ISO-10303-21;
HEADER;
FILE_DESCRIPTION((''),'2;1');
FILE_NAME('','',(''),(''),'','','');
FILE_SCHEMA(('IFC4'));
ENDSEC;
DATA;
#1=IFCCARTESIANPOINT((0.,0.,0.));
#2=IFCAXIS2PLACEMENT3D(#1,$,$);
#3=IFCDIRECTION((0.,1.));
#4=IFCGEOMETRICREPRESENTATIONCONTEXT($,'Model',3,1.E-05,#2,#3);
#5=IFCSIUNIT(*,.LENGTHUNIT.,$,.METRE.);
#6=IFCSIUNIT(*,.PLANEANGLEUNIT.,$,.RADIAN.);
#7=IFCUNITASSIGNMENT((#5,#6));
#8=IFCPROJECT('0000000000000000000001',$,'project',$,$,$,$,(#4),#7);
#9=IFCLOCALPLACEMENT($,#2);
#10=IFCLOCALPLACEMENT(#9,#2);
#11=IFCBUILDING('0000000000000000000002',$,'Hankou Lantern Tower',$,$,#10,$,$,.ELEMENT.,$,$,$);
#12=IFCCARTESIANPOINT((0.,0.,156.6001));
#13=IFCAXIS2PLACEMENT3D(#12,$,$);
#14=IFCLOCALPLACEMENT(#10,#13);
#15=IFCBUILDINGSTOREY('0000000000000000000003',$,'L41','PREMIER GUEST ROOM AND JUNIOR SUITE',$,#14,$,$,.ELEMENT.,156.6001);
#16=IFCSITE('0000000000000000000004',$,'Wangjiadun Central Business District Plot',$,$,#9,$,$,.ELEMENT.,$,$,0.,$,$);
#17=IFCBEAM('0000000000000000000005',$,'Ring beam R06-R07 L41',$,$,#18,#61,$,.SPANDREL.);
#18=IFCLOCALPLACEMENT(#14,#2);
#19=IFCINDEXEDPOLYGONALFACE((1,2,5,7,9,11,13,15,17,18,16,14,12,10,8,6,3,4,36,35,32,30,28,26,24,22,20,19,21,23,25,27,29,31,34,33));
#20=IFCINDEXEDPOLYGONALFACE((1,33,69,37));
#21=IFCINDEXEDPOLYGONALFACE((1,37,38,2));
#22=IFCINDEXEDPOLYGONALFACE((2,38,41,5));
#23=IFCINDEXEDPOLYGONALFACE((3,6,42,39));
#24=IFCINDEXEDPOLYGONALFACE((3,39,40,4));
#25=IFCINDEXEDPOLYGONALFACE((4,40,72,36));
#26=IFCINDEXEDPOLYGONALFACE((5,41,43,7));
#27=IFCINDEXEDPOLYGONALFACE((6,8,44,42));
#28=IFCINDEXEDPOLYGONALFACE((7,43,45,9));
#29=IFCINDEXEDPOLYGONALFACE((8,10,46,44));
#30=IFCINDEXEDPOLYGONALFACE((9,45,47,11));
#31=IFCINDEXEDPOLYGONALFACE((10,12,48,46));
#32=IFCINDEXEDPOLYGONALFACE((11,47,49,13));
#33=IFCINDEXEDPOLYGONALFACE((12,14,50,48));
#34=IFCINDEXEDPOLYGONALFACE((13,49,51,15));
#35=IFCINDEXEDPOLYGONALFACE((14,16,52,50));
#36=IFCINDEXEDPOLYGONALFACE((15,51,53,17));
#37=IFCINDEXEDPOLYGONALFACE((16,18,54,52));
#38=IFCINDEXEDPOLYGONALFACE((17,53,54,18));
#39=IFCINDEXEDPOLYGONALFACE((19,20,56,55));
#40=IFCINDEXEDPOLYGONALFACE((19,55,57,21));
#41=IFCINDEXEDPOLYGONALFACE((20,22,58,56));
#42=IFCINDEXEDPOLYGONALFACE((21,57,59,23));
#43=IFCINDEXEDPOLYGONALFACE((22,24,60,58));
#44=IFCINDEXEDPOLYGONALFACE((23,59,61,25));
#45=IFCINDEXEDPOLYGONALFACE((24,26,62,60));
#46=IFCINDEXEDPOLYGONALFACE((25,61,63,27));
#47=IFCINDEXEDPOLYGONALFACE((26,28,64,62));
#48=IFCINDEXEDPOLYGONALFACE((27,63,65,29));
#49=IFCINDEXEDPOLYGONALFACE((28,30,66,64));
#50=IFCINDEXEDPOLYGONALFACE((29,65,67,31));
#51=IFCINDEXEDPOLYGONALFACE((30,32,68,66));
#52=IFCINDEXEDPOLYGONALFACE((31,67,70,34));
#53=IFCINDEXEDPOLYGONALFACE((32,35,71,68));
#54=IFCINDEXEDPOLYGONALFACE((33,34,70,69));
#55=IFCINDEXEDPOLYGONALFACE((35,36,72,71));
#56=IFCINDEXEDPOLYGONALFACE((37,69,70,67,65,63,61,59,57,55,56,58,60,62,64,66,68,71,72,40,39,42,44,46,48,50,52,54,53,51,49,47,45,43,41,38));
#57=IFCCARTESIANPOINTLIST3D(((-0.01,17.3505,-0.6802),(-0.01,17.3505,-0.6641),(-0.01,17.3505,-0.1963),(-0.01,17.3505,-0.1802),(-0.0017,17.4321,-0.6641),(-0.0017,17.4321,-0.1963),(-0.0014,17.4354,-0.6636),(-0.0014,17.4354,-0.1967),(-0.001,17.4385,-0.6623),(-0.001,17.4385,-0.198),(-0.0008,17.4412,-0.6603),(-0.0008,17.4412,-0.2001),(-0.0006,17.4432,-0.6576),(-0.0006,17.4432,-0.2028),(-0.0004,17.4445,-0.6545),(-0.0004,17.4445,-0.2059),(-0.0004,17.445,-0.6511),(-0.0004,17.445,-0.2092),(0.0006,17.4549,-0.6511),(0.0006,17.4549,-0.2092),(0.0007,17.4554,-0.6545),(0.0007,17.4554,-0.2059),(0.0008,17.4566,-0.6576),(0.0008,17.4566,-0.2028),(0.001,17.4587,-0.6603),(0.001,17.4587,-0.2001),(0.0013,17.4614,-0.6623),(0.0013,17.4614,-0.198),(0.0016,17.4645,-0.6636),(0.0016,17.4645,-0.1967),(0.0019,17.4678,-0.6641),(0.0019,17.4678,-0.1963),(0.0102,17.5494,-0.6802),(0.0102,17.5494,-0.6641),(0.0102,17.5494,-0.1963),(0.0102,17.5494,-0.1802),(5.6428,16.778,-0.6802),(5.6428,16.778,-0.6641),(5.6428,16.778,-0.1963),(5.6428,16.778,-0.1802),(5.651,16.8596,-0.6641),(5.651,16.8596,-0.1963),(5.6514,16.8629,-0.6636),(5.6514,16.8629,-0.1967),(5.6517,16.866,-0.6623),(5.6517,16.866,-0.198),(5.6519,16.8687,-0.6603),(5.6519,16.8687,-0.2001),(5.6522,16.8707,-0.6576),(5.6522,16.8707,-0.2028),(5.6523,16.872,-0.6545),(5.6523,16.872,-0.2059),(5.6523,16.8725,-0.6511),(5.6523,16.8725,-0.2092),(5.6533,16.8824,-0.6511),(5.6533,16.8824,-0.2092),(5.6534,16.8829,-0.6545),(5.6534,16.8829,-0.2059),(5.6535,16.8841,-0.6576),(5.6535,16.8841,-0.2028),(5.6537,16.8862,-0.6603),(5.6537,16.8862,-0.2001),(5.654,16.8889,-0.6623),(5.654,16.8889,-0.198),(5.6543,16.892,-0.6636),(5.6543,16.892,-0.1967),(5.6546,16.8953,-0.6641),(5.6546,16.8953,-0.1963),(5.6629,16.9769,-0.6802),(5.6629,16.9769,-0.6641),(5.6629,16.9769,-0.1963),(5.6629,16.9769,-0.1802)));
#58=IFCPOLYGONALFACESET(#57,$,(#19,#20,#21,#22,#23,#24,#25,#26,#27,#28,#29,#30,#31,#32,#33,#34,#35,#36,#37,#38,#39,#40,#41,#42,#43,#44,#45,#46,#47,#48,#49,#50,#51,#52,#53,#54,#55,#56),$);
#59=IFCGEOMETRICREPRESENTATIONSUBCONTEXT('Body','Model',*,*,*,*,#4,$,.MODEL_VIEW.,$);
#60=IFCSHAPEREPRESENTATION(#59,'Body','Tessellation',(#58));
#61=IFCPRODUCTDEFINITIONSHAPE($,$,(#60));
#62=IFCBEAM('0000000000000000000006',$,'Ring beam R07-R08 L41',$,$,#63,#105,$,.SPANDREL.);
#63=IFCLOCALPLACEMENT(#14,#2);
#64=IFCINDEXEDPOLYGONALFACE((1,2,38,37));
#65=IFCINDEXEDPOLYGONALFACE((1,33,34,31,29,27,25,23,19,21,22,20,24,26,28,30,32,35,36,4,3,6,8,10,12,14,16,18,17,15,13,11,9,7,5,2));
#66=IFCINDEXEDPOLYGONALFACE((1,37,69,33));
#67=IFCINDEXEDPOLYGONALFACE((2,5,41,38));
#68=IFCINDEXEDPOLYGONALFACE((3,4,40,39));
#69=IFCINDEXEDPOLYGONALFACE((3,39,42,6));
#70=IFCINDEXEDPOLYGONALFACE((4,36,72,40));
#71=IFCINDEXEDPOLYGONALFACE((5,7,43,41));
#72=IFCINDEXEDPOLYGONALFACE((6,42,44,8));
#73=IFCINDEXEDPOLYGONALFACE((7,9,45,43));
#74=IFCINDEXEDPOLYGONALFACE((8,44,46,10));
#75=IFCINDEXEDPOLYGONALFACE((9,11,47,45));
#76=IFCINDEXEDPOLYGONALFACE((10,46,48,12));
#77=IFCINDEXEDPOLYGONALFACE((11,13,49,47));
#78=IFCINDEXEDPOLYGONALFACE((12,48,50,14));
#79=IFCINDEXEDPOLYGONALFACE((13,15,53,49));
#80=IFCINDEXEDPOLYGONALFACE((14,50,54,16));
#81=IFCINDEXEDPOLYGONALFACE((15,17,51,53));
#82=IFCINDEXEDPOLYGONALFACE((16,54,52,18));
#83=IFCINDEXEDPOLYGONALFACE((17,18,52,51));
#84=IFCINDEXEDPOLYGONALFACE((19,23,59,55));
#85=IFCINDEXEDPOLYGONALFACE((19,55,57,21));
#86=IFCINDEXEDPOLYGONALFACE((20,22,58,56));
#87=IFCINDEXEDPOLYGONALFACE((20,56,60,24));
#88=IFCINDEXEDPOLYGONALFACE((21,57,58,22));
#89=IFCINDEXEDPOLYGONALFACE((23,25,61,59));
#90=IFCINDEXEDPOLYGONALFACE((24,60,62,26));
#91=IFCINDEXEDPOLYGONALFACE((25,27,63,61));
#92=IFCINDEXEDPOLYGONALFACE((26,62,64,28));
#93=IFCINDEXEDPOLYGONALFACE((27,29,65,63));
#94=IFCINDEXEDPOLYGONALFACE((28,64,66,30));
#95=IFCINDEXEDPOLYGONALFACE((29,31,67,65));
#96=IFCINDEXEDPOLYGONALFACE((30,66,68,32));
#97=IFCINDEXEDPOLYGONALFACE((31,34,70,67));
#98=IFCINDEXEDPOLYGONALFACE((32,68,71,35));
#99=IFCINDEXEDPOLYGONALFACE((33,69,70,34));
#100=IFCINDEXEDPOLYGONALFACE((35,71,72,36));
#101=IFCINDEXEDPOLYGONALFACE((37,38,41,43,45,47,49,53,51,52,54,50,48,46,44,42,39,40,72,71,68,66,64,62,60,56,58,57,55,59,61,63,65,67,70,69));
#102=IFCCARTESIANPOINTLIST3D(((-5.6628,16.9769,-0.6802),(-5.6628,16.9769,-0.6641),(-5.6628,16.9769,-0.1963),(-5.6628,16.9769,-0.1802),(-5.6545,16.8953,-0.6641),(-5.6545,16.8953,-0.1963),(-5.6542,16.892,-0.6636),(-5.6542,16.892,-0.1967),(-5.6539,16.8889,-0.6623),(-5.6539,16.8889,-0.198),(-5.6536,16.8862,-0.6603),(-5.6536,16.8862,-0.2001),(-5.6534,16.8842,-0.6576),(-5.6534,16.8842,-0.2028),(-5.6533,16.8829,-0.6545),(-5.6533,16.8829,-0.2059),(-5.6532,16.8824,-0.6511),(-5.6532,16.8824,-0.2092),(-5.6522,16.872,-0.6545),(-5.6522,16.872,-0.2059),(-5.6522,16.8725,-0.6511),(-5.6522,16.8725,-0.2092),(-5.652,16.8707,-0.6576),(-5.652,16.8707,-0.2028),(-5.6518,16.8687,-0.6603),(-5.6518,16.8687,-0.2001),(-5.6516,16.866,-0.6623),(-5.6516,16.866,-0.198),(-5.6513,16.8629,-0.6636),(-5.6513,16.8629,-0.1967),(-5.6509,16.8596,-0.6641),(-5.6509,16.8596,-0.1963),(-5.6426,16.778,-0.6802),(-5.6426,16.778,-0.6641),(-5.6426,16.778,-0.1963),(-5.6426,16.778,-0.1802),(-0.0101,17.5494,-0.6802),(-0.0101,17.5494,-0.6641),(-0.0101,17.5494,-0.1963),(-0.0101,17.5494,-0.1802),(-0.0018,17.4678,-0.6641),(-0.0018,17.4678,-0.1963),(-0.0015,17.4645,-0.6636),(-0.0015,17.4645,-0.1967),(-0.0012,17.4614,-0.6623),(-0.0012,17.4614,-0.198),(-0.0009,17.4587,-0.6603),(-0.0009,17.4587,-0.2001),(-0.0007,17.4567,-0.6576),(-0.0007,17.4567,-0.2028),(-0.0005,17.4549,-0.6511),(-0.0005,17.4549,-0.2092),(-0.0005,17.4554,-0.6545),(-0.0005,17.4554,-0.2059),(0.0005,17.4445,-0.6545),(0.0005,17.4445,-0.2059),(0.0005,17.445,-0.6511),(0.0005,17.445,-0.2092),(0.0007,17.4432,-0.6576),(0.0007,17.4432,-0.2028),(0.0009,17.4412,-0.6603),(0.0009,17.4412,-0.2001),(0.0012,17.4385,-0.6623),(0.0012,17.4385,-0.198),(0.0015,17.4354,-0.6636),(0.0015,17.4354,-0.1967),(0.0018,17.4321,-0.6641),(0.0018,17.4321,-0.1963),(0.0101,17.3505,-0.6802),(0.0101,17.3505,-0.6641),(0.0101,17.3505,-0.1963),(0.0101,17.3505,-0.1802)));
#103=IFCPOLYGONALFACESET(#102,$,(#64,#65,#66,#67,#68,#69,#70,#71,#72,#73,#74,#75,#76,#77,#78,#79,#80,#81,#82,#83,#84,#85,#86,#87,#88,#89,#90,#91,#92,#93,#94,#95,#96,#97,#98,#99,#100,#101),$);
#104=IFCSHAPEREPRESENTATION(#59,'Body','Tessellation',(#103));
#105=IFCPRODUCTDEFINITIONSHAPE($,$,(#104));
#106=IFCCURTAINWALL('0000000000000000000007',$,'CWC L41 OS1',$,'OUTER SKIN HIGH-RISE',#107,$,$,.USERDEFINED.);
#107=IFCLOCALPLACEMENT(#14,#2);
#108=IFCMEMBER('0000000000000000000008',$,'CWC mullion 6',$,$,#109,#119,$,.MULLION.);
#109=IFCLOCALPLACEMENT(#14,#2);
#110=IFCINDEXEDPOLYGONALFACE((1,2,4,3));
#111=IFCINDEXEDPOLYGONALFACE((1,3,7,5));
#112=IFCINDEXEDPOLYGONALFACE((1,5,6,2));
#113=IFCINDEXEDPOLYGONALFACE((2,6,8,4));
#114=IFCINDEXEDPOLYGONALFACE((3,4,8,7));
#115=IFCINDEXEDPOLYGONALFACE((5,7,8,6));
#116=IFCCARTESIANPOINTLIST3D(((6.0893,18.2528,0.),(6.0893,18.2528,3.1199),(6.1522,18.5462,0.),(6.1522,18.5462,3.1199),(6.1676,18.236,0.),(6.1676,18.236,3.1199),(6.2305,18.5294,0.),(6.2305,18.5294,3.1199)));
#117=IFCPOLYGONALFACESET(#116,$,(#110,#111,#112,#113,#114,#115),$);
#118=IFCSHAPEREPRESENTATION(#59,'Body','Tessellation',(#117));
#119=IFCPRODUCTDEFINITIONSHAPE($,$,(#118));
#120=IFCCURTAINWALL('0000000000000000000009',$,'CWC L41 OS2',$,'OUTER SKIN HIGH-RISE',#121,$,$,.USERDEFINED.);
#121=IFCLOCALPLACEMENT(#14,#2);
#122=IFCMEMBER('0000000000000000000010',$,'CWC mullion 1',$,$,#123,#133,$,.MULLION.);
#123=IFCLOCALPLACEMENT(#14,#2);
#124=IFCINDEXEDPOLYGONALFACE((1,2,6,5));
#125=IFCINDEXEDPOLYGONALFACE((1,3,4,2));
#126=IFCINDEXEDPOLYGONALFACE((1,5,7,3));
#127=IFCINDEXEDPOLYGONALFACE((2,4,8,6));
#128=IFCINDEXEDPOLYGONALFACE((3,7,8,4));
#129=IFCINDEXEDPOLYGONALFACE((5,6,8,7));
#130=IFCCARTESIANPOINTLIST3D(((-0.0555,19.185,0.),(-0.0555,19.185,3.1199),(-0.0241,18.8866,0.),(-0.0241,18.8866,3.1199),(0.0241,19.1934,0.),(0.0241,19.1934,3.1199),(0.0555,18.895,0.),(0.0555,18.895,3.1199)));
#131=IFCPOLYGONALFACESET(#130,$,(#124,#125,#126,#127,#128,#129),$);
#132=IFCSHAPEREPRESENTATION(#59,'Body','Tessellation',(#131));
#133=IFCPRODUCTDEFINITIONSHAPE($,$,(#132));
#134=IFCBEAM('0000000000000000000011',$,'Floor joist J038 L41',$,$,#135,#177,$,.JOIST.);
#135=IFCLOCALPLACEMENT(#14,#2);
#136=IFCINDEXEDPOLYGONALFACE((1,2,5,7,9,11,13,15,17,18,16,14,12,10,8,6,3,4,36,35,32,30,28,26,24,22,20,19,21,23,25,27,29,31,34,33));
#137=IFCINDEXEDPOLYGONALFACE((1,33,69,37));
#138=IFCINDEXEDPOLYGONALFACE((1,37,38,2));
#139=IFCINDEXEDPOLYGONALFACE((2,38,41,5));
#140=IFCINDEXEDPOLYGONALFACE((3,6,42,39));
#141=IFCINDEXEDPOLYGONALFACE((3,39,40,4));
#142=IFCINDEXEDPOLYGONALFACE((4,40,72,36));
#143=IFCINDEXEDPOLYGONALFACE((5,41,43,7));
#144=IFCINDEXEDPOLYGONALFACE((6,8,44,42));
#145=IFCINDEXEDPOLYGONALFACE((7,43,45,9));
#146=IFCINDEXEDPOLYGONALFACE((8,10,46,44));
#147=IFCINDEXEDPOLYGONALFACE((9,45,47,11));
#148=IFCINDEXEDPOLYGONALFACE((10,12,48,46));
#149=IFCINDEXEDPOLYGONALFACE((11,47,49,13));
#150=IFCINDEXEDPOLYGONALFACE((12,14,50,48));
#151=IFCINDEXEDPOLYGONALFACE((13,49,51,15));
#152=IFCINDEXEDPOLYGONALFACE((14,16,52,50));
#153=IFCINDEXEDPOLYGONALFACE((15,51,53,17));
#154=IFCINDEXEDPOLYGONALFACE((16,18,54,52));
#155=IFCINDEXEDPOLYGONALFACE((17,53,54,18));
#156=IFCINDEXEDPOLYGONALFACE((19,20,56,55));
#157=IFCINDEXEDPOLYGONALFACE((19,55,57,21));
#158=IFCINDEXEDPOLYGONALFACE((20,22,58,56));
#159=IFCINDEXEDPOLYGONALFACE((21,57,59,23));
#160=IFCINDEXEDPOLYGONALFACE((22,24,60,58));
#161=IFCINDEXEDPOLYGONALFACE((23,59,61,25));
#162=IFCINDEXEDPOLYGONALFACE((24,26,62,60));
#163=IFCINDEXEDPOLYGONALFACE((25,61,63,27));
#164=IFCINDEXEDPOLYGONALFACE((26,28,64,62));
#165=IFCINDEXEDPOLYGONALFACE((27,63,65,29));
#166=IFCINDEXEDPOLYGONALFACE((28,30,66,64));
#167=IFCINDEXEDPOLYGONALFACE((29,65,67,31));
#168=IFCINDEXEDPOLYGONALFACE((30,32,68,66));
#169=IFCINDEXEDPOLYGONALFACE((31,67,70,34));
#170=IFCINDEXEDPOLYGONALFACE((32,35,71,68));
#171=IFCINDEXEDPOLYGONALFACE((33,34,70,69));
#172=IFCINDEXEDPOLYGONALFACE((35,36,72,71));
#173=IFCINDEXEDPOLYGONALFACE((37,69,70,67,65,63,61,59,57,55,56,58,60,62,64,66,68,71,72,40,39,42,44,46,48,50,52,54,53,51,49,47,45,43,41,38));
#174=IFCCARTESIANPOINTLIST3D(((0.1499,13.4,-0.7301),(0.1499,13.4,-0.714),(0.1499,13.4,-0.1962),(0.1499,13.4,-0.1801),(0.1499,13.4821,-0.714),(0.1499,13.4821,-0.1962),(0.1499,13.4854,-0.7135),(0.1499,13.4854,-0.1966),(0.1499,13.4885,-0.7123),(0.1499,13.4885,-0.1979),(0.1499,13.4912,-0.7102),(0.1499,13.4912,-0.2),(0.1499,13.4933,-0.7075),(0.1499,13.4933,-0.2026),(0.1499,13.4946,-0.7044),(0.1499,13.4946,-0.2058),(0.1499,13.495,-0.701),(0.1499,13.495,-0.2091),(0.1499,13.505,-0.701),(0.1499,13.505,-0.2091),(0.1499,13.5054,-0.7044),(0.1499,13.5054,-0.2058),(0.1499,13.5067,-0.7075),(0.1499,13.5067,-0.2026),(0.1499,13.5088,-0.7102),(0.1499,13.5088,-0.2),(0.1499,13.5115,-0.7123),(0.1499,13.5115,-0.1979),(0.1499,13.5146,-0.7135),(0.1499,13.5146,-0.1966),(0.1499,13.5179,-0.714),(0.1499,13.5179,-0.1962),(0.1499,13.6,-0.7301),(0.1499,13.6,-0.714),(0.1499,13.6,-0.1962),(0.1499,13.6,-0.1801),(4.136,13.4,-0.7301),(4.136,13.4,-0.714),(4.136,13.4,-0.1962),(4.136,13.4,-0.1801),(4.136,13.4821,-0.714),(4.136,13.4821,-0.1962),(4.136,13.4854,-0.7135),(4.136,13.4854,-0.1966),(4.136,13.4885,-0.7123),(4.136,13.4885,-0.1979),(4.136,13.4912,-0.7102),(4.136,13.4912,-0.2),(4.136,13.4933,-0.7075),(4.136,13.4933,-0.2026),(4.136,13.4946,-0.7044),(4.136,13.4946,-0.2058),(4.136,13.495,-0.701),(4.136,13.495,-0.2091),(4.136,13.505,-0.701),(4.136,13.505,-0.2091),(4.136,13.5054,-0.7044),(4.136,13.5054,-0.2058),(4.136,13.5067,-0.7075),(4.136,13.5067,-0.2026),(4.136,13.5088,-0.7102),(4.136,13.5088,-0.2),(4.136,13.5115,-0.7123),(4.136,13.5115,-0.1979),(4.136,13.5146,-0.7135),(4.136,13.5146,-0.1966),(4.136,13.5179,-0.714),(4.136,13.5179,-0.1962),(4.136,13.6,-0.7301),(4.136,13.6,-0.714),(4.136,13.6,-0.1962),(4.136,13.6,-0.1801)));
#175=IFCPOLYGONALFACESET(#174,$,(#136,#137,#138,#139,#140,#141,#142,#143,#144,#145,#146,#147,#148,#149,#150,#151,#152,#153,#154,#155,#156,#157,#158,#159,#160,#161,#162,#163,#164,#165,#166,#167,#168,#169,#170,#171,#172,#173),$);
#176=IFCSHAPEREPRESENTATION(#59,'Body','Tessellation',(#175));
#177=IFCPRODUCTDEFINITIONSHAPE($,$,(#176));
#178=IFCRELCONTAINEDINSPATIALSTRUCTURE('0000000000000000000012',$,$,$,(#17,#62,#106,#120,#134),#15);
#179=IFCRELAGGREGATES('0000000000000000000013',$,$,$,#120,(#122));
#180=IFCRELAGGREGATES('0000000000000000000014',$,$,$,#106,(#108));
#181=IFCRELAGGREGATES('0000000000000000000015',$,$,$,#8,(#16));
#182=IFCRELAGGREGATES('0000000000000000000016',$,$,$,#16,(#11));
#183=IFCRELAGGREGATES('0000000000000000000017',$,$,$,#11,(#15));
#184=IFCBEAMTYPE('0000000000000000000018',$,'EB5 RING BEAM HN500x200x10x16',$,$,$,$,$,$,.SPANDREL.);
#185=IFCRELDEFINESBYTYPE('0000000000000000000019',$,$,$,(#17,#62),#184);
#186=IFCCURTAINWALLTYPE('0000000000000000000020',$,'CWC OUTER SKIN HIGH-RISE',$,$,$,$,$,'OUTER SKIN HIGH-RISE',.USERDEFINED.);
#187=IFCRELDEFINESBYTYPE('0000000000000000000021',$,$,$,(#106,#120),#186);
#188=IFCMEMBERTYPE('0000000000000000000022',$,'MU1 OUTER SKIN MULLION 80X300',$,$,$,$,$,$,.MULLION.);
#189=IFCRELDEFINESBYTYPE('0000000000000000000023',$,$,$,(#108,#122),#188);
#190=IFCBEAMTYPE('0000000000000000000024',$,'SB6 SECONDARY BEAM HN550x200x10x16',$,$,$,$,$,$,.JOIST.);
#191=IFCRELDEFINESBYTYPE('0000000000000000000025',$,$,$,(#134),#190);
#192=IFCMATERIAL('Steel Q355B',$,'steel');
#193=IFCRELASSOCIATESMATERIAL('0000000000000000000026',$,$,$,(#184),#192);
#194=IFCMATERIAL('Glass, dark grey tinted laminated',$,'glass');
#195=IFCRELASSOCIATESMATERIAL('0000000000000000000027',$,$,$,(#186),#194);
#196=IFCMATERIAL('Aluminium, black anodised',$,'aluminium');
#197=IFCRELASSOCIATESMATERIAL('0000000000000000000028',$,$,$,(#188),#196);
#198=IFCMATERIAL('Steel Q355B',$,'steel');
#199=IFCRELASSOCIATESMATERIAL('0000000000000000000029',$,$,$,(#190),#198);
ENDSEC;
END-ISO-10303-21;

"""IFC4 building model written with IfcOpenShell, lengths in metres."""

from ifc_helpers import new_model, si_unit, direction, frame, origin, origin_2d, place, context, subcontext, project, spatial, rectangle, i_section, extrude, material, material_profile, profile_set, type_object, element, aggregate, save


model = new_model("IFC4")

# Units and contexts
model_context = context("Model", 3, precision=1e-05, world=origin(), true_north=direction((0.0, 1.0)))
body_context = subcontext(model_context, "Body", "Model", "MODEL_VIEW")
ifc_project = project(units=[si_unit("LENGTHUNIT", "METRE"), si_unit("PLANEANGLEUNIT", "RADIAN")], contexts=[model_context])

# Site, building, storey
site_placement = place(None, origin())
site = spatial("IfcSite", under=ifc_project, at=site_placement, Name="Wangjiadun Central Business District Plot", CompositionType="ELEMENT", RefElevation=0.0)
building_placement = place(site_placement, origin())
building = spatial("IfcBuilding", under=site, at=building_placement, Name="Hankou Lantern Tower", CompositionType="ELEMENT")
storey_placement = place(building_placement, frame((0.0, 0.0, 156.6001)))
storey = spatial("IfcBuildingStorey", under=building, at=storey_placement, Name="L41", Description="PREMIER GUEST ROOM AND JUNIOR SUITE", CompositionType="ELEMENT", Elevation=156.6001)

# Beams
ifc_material_1 = material(Name="Steel Q355B", Category="steel")
ifc_material_profile_1 = material_profile(ifc_material_1, i_section(OverallWidth=0.2, OverallDepth=0.5, WebThickness=0.01, FlangeThickness=0.0161, FilletRadius=0.0129, at=origin_2d()), Name="HN500x200x10x16")
ifc_profile_set_1 = profile_set([ifc_material_profile_1], Name="Steel Q355B")
beam_type_1 = type_object("IfcBeamType", Name="EB5 RING BEAM HN500x200x10x16", PredefinedType="SPANDREL", material=ifc_profile_set_1)
for number, where, z_axis, x_axis, name in (
    (1, (5.6528, 16.8774, -0.4302), (-0.99491, 0.100763, 0.0), (-0.100763, -0.99491, 0.0), "Ring beam R06-R07 L41"),
    (2, (0.0, 17.45, -0.4302), (-0.99491, -0.100763, 0.0), (0.100763, -0.99491, 0.0), "Ring beam R07-R08 L41"),
):
    element("IfcBeam", number, at=place(storey_placement, frame(where, z_axis=z_axis, x_axis=x_axis)), inside=storey, type_object=beam_type_1, Name=name, PredefinedType="SPANDREL", context=body_context, shape_type="SweptSolid", body=[
        extrude(i_section(OverallWidth=0.2, OverallDepth=0.5, WebThickness=0.01, FlangeThickness=0.0161, FilletRadius=0.0129, at=origin_2d()), origin(), (0.0, 0.0, 1.0), 5.6816),
    ])

# Curtain walls, members
ifc_material_2 = material(Name="Glass, dark grey tinted laminated", Category="glass")
curtain_wall_type = type_object("IfcCurtainWallType", Name="CWC OUTER SKIN HIGH-RISE", ElementType="OUTER SKIN HIGH-RISE", PredefinedType="USERDEFINED", material=ifc_material_2)
curtain_wall_1_placement = place(storey_placement, origin())
curtain_wall_1 = element("IfcCurtainWall", 3, at=curtain_wall_1_placement, inside=storey, type_object=curtain_wall_type, Name="CWC L41 OS1", ObjectType="OUTER SKIN HIGH-RISE", PredefinedType="USERDEFINED")
ifc_material_3 = material(Name="Aluminium, black anodised", Category="aluminium")
ifc_material_profile_2 = material_profile(ifc_material_3, rectangle(XDim=0.0801, YDim=0.3, at=origin_2d()), Name="MU1 80X300")
ifc_profile_set_2 = profile_set([ifc_material_profile_2], Name="Aluminium, black anodised")
member_type_1 = type_object("IfcMemberType", Name="MU1 OUTER SKIN MULLION 80X300", PredefinedType="MULLION", material=ifc_profile_set_2)
member_1_placement = place(storey_placement, frame((6.1599, 18.3911, 0.0), z_axis=(0.0, 0.0, 1.0), x_axis=(-0.977788, 0.209598, 0.0)))
member_1 = element("IfcMember", 4, at=member_1_placement, type_object=member_type_1, Name="CWC mullion 6", PredefinedType="MULLION", context=body_context, shape_type="SweptSolid", body=[
    extrude(rectangle(XDim=0.0801, YDim=0.3, at=origin_2d()), origin(), (0.0, 0.0, 1.0), 3.1199),
])
curtain_wall_2_placement = place(storey_placement, origin())
curtain_wall_2 = element("IfcCurtainWall", 5, at=curtain_wall_2_placement, inside=storey, type_object=curtain_wall_type, Name="CWC L41 OS2", ObjectType="OUTER SKIN HIGH-RISE", PredefinedType="USERDEFINED")
member_2_placement = place(storey_placement, frame((0.0, 19.04, 0.0), z_axis=(0.0, 0.0, 1.0), x_axis=(-0.994499, -0.104743, 0.0)))
member_2 = element("IfcMember", 6, at=member_2_placement, type_object=member_type_1, Name="CWC mullion 1", PredefinedType="MULLION", context=body_context, shape_type="SweptSolid", body=[
    extrude(rectangle(XDim=0.0801, YDim=0.3, at=origin_2d()), origin(), (0.0, 0.0, 1.0), 3.1199),
])

# Beam
ifc_material_4 = material(Name="Steel Q355B", Category="steel")
ifc_material_profile_3 = material_profile(ifc_material_4, i_section(OverallWidth=0.2, OverallDepth=0.55, WebThickness=0.01, FlangeThickness=0.0161, FilletRadius=0.0129, at=origin_2d()), Name="HN550x200x10x16")
ifc_profile_set_3 = profile_set([ifc_material_profile_3], Name="Steel Q355B")
beam_type_2 = type_object("IfcBeamType", Name="SB6 SECONDARY BEAM HN550x200x10x16", PredefinedType="JOIST", material=ifc_profile_set_3)
beam_1_placement = place(storey_placement, frame((0.1499, 13.5, -0.4551), z_axis=(1.0, 0.0, 0.0), x_axis=(0.0, 1.0, 0.0)))
element("IfcBeam", 7, at=beam_1_placement, inside=storey, type_object=beam_type_2, Name="Floor joist J038 L41", PredefinedType="JOIST", context=body_context, shape_type="SweptSolid", body=[
    extrude(i_section(OverallWidth=0.2, OverallDepth=0.55, WebThickness=0.01, FlangeThickness=0.0161, FilletRadius=0.0129, at=origin_2d()), origin(), (0.0, 0.0, 1.0), 3.9861),
])

aggregate(curtain_wall_2, [member_2])

aggregate(curtain_wall_1, [member_1])

save(model, "model.ifc")
